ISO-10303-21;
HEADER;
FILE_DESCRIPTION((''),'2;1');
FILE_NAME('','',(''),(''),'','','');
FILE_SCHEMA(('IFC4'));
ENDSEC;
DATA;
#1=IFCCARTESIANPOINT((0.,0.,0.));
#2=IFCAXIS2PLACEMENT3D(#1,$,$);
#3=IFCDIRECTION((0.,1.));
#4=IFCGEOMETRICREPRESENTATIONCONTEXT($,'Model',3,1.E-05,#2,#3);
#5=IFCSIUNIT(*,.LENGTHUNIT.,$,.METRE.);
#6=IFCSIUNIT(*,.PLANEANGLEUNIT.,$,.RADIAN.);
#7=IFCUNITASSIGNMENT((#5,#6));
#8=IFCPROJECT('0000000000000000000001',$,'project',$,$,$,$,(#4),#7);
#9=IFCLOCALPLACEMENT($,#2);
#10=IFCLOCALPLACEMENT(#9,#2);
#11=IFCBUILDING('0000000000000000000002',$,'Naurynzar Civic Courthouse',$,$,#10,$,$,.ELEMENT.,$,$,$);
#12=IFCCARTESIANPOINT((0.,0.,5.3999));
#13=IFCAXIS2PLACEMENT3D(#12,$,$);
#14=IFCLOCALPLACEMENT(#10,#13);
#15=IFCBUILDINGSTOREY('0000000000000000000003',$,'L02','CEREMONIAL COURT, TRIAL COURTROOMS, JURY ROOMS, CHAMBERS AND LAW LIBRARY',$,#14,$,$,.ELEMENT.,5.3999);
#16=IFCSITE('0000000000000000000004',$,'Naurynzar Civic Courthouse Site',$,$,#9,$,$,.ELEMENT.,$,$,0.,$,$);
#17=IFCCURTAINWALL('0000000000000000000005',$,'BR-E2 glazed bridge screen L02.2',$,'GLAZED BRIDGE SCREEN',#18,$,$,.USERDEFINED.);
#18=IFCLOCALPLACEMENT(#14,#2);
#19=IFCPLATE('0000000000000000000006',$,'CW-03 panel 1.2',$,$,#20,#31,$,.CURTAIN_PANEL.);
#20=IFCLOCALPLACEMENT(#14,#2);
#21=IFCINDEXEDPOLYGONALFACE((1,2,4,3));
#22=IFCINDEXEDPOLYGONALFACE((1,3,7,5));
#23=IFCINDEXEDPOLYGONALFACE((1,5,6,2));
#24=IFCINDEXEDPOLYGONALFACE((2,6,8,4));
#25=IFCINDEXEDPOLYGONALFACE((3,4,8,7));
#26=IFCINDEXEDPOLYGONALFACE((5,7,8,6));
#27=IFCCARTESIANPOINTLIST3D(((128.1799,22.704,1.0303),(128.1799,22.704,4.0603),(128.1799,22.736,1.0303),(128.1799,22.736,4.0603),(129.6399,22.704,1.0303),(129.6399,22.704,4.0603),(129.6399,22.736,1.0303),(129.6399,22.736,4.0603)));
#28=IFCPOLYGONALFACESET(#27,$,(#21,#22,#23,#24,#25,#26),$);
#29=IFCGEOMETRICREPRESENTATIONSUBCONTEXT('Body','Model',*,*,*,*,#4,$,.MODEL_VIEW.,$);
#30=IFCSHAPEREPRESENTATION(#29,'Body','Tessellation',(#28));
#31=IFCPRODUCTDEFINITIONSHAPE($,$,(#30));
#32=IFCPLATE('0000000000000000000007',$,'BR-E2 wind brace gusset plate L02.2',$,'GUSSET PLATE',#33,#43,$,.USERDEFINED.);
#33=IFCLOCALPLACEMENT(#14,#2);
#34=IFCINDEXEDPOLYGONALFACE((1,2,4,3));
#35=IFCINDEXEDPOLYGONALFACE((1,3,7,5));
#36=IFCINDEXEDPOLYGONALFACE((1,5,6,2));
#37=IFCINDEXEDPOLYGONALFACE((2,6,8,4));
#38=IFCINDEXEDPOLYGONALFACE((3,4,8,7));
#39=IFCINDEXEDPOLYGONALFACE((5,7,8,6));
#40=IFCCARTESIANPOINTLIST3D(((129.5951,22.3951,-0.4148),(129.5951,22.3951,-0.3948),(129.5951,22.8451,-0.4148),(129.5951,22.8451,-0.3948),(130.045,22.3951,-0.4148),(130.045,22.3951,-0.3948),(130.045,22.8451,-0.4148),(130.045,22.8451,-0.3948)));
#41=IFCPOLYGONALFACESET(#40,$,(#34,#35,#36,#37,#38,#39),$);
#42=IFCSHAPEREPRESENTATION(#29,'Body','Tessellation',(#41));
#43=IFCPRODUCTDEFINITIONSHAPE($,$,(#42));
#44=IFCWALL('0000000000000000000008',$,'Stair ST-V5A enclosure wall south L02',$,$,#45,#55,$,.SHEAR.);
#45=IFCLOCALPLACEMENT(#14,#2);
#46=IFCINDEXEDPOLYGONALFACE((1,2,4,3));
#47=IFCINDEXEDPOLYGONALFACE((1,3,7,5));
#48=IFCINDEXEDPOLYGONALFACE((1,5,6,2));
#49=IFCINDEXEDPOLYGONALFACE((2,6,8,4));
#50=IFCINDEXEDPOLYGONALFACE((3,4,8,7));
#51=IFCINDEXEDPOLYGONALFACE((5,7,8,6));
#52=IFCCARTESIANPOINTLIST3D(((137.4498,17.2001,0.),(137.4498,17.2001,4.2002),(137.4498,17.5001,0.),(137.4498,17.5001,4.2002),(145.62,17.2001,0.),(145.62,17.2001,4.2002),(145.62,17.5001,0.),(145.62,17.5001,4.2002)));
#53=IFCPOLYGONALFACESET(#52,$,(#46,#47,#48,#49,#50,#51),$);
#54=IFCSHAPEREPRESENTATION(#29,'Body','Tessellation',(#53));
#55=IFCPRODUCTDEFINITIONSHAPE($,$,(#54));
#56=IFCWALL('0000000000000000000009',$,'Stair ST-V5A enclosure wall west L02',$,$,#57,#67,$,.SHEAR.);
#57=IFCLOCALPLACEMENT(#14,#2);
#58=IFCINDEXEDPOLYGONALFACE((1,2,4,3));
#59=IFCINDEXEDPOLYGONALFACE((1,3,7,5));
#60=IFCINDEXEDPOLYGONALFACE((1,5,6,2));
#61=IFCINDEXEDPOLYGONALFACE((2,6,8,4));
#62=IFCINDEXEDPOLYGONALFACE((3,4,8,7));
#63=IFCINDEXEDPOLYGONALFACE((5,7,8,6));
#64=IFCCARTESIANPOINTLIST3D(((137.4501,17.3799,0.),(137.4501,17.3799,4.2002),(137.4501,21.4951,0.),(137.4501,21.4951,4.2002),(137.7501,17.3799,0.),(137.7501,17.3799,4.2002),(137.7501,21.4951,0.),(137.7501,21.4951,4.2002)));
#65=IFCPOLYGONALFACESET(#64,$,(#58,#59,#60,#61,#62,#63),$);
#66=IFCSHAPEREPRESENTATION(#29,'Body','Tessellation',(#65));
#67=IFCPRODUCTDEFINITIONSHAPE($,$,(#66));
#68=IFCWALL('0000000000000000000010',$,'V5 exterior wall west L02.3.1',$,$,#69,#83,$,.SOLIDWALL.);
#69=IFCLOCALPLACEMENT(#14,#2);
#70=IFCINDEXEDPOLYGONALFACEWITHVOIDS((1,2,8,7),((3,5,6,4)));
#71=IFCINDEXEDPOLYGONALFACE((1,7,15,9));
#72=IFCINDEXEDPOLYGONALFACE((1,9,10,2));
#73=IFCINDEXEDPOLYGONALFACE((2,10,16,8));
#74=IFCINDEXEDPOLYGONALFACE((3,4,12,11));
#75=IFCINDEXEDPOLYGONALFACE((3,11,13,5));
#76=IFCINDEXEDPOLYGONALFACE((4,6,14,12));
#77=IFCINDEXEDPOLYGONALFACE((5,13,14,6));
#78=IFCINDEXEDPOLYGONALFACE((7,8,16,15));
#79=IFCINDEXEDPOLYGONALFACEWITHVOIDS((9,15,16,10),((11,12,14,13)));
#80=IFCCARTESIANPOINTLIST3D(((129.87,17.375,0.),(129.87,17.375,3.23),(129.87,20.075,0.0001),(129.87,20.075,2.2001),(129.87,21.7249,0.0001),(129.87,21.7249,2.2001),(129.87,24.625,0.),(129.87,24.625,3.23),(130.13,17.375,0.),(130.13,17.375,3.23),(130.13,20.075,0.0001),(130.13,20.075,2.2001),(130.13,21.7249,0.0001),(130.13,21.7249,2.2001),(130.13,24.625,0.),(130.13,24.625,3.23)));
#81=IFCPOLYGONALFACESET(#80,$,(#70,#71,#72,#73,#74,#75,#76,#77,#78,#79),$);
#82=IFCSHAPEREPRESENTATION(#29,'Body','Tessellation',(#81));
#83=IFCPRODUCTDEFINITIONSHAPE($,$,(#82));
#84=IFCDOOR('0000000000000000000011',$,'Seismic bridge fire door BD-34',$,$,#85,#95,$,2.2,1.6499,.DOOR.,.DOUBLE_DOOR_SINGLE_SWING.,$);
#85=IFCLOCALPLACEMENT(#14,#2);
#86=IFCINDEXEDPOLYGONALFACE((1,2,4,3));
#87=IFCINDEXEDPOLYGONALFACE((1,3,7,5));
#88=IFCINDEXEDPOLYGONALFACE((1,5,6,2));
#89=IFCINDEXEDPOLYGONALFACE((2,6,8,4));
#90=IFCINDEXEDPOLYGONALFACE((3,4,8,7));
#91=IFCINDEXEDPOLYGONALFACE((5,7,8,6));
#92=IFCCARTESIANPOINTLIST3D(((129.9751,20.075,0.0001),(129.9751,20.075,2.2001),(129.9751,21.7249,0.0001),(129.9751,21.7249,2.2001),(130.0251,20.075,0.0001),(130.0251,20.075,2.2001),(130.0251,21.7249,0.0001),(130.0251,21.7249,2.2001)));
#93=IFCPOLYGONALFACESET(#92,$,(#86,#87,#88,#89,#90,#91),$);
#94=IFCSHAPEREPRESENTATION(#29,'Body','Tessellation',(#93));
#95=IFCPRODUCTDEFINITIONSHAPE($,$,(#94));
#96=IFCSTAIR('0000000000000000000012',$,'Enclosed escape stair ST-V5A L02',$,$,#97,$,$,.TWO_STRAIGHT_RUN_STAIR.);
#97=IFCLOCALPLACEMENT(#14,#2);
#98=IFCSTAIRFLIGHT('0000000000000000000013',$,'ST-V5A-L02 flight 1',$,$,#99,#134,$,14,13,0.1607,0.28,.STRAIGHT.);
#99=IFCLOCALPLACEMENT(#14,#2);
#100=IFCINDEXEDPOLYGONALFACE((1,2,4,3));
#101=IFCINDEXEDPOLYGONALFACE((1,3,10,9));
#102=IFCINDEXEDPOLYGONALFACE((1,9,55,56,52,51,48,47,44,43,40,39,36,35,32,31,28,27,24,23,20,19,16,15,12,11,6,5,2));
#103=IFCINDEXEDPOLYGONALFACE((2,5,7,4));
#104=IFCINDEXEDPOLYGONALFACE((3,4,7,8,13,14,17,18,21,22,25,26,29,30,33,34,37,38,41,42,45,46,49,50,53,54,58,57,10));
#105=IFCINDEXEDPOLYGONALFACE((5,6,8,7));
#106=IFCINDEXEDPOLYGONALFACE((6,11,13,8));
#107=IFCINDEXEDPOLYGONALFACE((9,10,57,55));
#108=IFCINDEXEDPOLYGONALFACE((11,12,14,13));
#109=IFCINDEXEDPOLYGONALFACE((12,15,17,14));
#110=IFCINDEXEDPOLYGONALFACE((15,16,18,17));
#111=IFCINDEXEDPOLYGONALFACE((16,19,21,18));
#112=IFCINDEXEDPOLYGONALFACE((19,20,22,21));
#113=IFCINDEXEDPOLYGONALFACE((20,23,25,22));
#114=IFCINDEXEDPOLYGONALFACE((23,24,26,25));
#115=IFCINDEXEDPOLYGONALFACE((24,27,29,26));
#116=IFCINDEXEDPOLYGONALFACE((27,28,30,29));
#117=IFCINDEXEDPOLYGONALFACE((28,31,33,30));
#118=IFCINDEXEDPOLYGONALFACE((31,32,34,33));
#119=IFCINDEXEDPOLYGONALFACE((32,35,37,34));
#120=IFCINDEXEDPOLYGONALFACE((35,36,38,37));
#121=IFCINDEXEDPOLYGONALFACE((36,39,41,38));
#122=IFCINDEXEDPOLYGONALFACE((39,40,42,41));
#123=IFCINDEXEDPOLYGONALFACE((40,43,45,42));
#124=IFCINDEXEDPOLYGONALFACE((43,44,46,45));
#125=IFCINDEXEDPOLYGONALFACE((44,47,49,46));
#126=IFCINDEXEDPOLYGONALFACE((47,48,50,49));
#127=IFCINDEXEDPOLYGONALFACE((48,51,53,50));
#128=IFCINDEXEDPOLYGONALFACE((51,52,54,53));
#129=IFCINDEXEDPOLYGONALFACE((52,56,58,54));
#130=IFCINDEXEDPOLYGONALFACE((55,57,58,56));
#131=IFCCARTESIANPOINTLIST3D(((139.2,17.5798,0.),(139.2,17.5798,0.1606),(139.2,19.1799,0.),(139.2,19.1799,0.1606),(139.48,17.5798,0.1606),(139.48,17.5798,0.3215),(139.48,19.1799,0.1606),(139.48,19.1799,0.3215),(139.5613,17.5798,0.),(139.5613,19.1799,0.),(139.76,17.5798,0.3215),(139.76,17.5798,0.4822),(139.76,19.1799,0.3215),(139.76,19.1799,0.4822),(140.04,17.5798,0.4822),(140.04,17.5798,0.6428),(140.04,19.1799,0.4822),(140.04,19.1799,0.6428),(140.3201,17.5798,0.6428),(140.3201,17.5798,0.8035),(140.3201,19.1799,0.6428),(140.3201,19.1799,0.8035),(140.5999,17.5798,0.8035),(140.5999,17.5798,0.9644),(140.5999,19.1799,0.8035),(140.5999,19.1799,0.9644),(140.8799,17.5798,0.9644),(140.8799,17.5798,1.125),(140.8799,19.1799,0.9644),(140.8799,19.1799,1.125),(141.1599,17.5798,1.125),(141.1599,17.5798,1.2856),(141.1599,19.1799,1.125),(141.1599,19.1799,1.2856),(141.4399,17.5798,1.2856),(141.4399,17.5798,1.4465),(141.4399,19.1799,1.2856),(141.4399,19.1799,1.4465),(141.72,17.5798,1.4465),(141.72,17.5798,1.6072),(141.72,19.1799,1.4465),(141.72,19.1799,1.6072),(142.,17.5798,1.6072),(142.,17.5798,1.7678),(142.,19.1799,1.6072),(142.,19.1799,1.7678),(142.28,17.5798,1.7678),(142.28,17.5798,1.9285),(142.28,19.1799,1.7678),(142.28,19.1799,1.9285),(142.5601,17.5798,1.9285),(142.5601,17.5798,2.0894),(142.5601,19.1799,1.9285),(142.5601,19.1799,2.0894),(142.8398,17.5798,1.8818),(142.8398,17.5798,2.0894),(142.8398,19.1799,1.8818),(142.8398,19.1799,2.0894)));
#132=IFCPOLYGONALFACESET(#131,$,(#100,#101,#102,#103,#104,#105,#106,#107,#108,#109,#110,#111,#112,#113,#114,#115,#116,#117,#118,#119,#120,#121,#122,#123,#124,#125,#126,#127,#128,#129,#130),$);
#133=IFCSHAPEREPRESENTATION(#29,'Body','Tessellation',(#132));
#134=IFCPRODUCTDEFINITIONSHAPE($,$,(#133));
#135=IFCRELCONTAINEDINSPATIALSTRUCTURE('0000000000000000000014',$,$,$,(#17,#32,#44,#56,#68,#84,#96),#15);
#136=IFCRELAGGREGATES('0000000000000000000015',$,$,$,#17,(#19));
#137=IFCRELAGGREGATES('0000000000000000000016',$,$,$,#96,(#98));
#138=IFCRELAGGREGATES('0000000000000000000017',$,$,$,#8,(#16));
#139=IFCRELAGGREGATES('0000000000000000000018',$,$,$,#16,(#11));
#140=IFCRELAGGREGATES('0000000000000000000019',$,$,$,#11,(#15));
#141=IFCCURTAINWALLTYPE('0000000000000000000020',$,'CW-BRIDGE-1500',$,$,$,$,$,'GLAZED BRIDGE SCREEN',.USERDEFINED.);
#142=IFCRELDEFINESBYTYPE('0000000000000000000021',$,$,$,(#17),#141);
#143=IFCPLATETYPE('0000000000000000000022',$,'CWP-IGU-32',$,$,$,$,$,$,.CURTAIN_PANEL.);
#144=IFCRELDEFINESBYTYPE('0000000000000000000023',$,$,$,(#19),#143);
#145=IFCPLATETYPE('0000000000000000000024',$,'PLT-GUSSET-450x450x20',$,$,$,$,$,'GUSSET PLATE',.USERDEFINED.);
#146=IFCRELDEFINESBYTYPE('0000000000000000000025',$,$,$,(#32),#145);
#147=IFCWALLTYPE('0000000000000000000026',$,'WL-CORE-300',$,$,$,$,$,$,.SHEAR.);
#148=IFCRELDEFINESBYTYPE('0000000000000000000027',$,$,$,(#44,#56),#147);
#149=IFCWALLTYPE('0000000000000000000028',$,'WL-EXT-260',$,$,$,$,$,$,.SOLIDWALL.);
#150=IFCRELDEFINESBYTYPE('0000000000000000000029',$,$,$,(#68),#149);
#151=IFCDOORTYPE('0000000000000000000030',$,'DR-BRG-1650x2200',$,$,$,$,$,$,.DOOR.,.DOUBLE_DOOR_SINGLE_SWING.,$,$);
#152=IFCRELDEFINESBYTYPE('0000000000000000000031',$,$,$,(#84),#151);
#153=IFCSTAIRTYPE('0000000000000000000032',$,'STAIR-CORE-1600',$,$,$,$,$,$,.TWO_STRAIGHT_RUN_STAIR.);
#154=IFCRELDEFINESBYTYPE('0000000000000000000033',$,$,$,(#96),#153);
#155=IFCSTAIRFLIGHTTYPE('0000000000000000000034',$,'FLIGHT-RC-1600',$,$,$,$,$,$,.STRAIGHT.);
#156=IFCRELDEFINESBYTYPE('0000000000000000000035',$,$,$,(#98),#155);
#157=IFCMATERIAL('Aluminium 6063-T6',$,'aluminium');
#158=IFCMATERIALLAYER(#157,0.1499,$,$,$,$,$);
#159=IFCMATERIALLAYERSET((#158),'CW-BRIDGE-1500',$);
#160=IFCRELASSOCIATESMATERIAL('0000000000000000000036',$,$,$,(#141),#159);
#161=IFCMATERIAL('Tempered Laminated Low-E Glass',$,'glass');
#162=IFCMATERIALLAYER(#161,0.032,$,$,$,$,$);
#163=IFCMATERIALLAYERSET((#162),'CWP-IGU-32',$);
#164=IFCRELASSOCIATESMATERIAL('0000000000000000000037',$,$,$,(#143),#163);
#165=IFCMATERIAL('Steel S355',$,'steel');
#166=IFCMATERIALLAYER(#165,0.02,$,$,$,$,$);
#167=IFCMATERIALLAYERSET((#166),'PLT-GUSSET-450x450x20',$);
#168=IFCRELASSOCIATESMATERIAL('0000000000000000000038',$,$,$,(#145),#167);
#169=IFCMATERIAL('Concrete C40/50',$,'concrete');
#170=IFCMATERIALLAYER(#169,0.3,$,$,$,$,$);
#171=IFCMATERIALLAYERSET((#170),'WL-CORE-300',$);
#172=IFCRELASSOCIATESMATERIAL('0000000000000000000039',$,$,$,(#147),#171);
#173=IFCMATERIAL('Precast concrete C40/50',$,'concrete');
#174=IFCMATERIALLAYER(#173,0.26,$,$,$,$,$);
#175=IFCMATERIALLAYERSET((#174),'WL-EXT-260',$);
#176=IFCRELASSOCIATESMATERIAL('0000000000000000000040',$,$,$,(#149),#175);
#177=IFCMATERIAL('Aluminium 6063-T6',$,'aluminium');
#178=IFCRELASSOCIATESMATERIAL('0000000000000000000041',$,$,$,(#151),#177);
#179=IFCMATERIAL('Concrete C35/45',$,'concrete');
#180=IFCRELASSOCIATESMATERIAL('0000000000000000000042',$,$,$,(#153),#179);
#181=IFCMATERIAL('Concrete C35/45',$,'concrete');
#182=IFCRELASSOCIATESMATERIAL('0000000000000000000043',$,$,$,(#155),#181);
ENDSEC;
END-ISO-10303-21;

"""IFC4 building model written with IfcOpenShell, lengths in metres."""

from ifc_helpers import new_model, si_unit, direction, frame, frame_2d, origin, origin_2d, place, context, subcontext, project, spatial, polyline, rectangle, outline, extrude, material, layer, layer_set, type_object, element, fill, aggregate, save


model = new_model("IFC4")

# Units and contexts
model_context = context("Model", 3, precision=1e-05, world=origin(), true_north=direction((0.0, 1.0)))
body_context = subcontext(model_context, "Body", "Model", "MODEL_VIEW")
ifc_project = project(units=[si_unit("LENGTHUNIT", "METRE"), si_unit("PLANEANGLEUNIT", "RADIAN")], contexts=[model_context])

# Site, building, storey
site_placement = place(None, origin())
site = spatial("IfcSite", under=ifc_project, at=site_placement, Name="Naurynzar Civic Courthouse Site", CompositionType="ELEMENT", RefElevation=0.0)
building_placement = place(site_placement, origin())
building = spatial("IfcBuilding", under=site, at=building_placement, Name="Naurynzar Civic Courthouse", CompositionType="ELEMENT")
storey_placement = place(building_placement, frame((0.0, 0.0, 5.3999)))
storey = spatial("IfcBuildingStorey", under=building, at=storey_placement, Name="L02", Description="CEREMONIAL COURT, TRIAL COURTROOMS, JURY ROOMS, CHAMBERS AND LAW LIBRARY", CompositionType="ELEMENT", Elevation=5.3999)

# Curtain wall
ifc_material_1 = material(Name="Aluminium 6063-T6", Category="aluminium")
ifc_layer_1 = layer(ifc_material_1, 0.1499)
ifc_layer_set_1 = layer_set([ifc_layer_1], Name="CW-BRIDGE-1500")
curtain_wall_type_1 = type_object("IfcCurtainWallType", Name="CW-BRIDGE-1500", ElementType="GLAZED BRIDGE SCREEN", PredefinedType="USERDEFINED", material=ifc_layer_set_1)
curtain_wall_1_placement = place(storey_placement, origin())
curtain_wall_1 = element("IfcCurtainWall", 1, at=curtain_wall_1_placement, inside=storey, type_object=curtain_wall_type_1, Name="BR-E2 glazed bridge screen L02.2", ObjectType="GLAZED BRIDGE SCREEN", PredefinedType="USERDEFINED")

# Plates
ifc_material_2 = material(Name="Tempered Laminated Low-E Glass", Category="glass")
ifc_layer_2 = layer(ifc_material_2, 0.032)
ifc_layer_set_2 = layer_set([ifc_layer_2], Name="CWP-IGU-32")
plate_type_1 = type_object("IfcPlateType", Name="CWP-IGU-32", PredefinedType="CURTAIN_PANEL", material=ifc_layer_set_2)
plate_1_placement = place(storey_placement, frame((128.9099, 22.72, 1.0303), z_axis=(0.0, 0.0, 1.0), x_axis=(-1.0, 0.0, 0.0)))
plate_1 = element("IfcPlate", 2, at=plate_1_placement, type_object=plate_type_1, Name="CW-03 panel 1.2", PredefinedType="CURTAIN_PANEL", context=body_context, shape_type="SweptSolid", body=[
    extrude(rectangle(XDim=1.46, YDim=0.032, at=origin_2d()), origin(), (0.0, 0.0, 1.0), 3.03),
])
aggregate(curtain_wall_1, [plate_1])
ifc_material_3 = material(Name="Steel S355", Category="steel")
ifc_layer_3 = layer(ifc_material_3, 0.02)
ifc_layer_set_3 = layer_set([ifc_layer_3], Name="PLT-GUSSET-450x450x20")
plate_type_2 = type_object("IfcPlateType", Name="PLT-GUSSET-450x450x20", ElementType="GUSSET PLATE", PredefinedType="USERDEFINED", material=ifc_layer_set_3)
plate_2_placement = place(storey_placement, frame((129.8201, 22.6201, -0.4148), z_axis=(0.0, 0.0, 1.0), x_axis=(1.0, 0.0, 0.0)))
element("IfcPlate", 3, at=plate_2_placement, inside=storey, type_object=plate_type_2, Name="BR-E2 wind brace gusset plate L02.2", ObjectType="GUSSET PLATE", PredefinedType="USERDEFINED", context=body_context, shape_type="SweptSolid", body=[
    extrude(rectangle(XDim=0.45, YDim=0.45, at=origin_2d()), origin(), (0.0, 0.0, 1.0), 0.02),
])

# Walls
ifc_material_4 = material(Name="Concrete C40/50", Category="concrete")
ifc_layer_4 = layer(ifc_material_4, 0.3)
ifc_layer_set_4 = layer_set([ifc_layer_4], Name="WL-CORE-300")
wall_type_1 = type_object("IfcWallType", Name="WL-CORE-300", PredefinedType="SHEAR", material=ifc_layer_set_4)
wall_1_placement = place(storey_placement, frame((137.45, 17.3501, 0.0), z_axis=(0.0, 0.0, 1.0), x_axis=(1.0, 0.0, 0.0)))
element("IfcWall", 4, at=wall_1_placement, inside=storey, type_object=wall_type_1, Name="Stair ST-V5A enclosure wall south L02", PredefinedType="SHEAR", context=body_context, shape_type="SweptSolid", body=[
    extrude(rectangle(XDim=8.1702, YDim=0.3, at=frame_2d((4.085, 0.0))), origin(), (0.0, 0.0, 1.0), 4.2002),
])
wall_2_placement = place(storey_placement, frame((137.6001, 21.4951, 0.0), z_axis=(0.0, 0.0, 1.0), x_axis=(0.0, -1.0, 0.0)))
element("IfcWall", 5, at=wall_2_placement, inside=storey, type_object=wall_type_1, Name="Stair ST-V5A enclosure wall west L02", PredefinedType="SHEAR", context=body_context, shape_type="SweptSolid", body=[
    extrude(rectangle(XDim=4.1152, YDim=0.3, at=frame_2d((2.0576, 0.0))), origin(), (0.0, 0.0, 1.0), 4.2002),
])

# Wall, opening, door
ifc_material_5 = material(Name="Precast concrete C40/50", Category="concrete")
ifc_layer_5 = layer(ifc_material_5, 0.26)
ifc_layer_set_5 = layer_set([ifc_layer_5], Name="WL-EXT-260")
wall_type_2 = type_object("IfcWallType", Name="WL-EXT-260", PredefinedType="SOLIDWALL", material=ifc_layer_set_5)
wall_3_placement = place(storey_placement, frame((130.0, 17.375, 0.0), z_axis=(0.0, 0.0, 1.0), x_axis=(0.0, 1.0, 0.0)))
wall_3 = element("IfcWall", 6, at=wall_3_placement, inside=storey, type_object=wall_type_2, Name="V5 exterior wall west L02.3.1", PredefinedType="SOLIDWALL", context=body_context, shape_type="SweptSolid", body=[
    extrude(rectangle(XDim=7.25, YDim=0.26, at=frame_2d((3.625, 0.0))), origin(), (0.0, 0.0, 1.0), 3.23),
])
opening_placement = place(wall_3_placement, frame((2.7, 0.0, 0.0)))
opening = element("IfcOpeningElement", 7, at=opening_placement, cuts=wall_3, PredefinedType="OPENING", context=body_context, shape_type="SweptSolid", body=[
    extrude(rectangle(XDim=1.6499, YDim=2.2, at=frame_2d((0.825, 1.1001))), frame((0.0, 0.1399, 0.0), z_axis=(0.0, -1.0, 0.0), x_axis=(1.0, 0.0, 0.0)), (0.0, 0.0, 1.0), 0.28),
])
ifc_material_6 = material(Name="Aluminium 6063-T6", Category="aluminium")
door_type = type_object("IfcDoorType", Name="DR-BRG-1650x2200", OperationType="DOUBLE_DOOR_SINGLE_SWING", PredefinedType="DOOR", material=ifc_material_6)
door_placement = place(opening_placement, origin())
door = element("IfcDoor", 8, at=door_placement, inside=storey, type_object=door_type, Name="Seismic bridge fire door BD-34", OperationType="DOUBLE_DOOR_SINGLE_SWING", OverallHeight=2.2, OverallWidth=1.6499, PredefinedType="DOOR", context=body_context, shape_type="SweptSolid", body=[
    extrude(rectangle(XDim=1.6499, YDim=2.2, at=frame_2d((0.825, 1.1001))), frame((0.0, 0.0249, 0.0), z_axis=(0.0, -1.0, 0.0), x_axis=(1.0, 0.0, 0.0)), (0.0, 0.0, 1.0), 0.05),
])
fill(opening, door)

# Stair, stair flight
ifc_material_7 = material(Name="Concrete C35/45", Category="concrete")
stair_type = type_object("IfcStairType", Name="STAIR-CORE-1600", PredefinedType="TWO_STRAIGHT_RUN_STAIR", material=ifc_material_7)
stair_placement = place(storey_placement, origin())
stair = element("IfcStair", 9, at=stair_placement, inside=storey, type_object=stair_type, Name="Enclosed escape stair ST-V5A L02", PredefinedType="TWO_STRAIGHT_RUN_STAIR")
ifc_material_8 = material(Name="Concrete C35/45", Category="concrete")
stair_flight_type = type_object("IfcStairFlightType", Name="FLIGHT-RC-1600", PredefinedType="STRAIGHT", material=ifc_material_8)
stair_flight_placement = place(storey_placement, frame((139.2, 18.3799, 0.0), z_axis=(0.0, 0.0, 1.0), x_axis=(1.0, 0.0, 0.0)))
stair_flight = element("IfcStairFlight", 10, at=stair_flight_placement, type_object=stair_flight_type, Name="ST-V5A-L02 flight 1", NumberOfRisers=14, NumberOfTreads=13, PredefinedType="STRAIGHT", RiserHeight=0.1607, TreadLength=0.28, context=body_context, shape_type="SweptSolid", body=[
    extrude(outline(polyline([(0.0, 0.0), (0.0, 0.1606), (0.28, 0.1606), (0.28, 0.3215), (0.5601, 0.3215), (0.5601, 0.4822), (0.8401, 0.4822), (0.8401, 0.6428), (1.1201, 0.6428), (1.1201, 0.8035), (1.3999, 0.8035), (1.3999, 0.9644), (1.6799, 0.9644), (1.6799, 1.125), (1.96, 1.125), (1.96, 1.2856), (2.24, 1.2856), (2.24, 1.4465), (2.52, 1.4465), (2.52, 1.6072), (2.8, 1.6072), (2.8, 1.7678), (3.0801, 1.7678), (3.0801, 1.9285), (3.3601, 1.9285), (3.3601, 2.0894), (3.6399, 2.0894), (3.6399, 2.25), (3.6399, 1.8818), (0.3613, 0.0), (0.0, 0.0)])), frame((0.0, 0.8, 0.0), z_axis=(0.0, -1.0, 0.0), x_axis=(1.0, 0.0, 0.0)), (0.0, 0.0, 1.0), 1.6001),
])
aggregate(stair, [stair_flight])

save(model, "model.ifc")
